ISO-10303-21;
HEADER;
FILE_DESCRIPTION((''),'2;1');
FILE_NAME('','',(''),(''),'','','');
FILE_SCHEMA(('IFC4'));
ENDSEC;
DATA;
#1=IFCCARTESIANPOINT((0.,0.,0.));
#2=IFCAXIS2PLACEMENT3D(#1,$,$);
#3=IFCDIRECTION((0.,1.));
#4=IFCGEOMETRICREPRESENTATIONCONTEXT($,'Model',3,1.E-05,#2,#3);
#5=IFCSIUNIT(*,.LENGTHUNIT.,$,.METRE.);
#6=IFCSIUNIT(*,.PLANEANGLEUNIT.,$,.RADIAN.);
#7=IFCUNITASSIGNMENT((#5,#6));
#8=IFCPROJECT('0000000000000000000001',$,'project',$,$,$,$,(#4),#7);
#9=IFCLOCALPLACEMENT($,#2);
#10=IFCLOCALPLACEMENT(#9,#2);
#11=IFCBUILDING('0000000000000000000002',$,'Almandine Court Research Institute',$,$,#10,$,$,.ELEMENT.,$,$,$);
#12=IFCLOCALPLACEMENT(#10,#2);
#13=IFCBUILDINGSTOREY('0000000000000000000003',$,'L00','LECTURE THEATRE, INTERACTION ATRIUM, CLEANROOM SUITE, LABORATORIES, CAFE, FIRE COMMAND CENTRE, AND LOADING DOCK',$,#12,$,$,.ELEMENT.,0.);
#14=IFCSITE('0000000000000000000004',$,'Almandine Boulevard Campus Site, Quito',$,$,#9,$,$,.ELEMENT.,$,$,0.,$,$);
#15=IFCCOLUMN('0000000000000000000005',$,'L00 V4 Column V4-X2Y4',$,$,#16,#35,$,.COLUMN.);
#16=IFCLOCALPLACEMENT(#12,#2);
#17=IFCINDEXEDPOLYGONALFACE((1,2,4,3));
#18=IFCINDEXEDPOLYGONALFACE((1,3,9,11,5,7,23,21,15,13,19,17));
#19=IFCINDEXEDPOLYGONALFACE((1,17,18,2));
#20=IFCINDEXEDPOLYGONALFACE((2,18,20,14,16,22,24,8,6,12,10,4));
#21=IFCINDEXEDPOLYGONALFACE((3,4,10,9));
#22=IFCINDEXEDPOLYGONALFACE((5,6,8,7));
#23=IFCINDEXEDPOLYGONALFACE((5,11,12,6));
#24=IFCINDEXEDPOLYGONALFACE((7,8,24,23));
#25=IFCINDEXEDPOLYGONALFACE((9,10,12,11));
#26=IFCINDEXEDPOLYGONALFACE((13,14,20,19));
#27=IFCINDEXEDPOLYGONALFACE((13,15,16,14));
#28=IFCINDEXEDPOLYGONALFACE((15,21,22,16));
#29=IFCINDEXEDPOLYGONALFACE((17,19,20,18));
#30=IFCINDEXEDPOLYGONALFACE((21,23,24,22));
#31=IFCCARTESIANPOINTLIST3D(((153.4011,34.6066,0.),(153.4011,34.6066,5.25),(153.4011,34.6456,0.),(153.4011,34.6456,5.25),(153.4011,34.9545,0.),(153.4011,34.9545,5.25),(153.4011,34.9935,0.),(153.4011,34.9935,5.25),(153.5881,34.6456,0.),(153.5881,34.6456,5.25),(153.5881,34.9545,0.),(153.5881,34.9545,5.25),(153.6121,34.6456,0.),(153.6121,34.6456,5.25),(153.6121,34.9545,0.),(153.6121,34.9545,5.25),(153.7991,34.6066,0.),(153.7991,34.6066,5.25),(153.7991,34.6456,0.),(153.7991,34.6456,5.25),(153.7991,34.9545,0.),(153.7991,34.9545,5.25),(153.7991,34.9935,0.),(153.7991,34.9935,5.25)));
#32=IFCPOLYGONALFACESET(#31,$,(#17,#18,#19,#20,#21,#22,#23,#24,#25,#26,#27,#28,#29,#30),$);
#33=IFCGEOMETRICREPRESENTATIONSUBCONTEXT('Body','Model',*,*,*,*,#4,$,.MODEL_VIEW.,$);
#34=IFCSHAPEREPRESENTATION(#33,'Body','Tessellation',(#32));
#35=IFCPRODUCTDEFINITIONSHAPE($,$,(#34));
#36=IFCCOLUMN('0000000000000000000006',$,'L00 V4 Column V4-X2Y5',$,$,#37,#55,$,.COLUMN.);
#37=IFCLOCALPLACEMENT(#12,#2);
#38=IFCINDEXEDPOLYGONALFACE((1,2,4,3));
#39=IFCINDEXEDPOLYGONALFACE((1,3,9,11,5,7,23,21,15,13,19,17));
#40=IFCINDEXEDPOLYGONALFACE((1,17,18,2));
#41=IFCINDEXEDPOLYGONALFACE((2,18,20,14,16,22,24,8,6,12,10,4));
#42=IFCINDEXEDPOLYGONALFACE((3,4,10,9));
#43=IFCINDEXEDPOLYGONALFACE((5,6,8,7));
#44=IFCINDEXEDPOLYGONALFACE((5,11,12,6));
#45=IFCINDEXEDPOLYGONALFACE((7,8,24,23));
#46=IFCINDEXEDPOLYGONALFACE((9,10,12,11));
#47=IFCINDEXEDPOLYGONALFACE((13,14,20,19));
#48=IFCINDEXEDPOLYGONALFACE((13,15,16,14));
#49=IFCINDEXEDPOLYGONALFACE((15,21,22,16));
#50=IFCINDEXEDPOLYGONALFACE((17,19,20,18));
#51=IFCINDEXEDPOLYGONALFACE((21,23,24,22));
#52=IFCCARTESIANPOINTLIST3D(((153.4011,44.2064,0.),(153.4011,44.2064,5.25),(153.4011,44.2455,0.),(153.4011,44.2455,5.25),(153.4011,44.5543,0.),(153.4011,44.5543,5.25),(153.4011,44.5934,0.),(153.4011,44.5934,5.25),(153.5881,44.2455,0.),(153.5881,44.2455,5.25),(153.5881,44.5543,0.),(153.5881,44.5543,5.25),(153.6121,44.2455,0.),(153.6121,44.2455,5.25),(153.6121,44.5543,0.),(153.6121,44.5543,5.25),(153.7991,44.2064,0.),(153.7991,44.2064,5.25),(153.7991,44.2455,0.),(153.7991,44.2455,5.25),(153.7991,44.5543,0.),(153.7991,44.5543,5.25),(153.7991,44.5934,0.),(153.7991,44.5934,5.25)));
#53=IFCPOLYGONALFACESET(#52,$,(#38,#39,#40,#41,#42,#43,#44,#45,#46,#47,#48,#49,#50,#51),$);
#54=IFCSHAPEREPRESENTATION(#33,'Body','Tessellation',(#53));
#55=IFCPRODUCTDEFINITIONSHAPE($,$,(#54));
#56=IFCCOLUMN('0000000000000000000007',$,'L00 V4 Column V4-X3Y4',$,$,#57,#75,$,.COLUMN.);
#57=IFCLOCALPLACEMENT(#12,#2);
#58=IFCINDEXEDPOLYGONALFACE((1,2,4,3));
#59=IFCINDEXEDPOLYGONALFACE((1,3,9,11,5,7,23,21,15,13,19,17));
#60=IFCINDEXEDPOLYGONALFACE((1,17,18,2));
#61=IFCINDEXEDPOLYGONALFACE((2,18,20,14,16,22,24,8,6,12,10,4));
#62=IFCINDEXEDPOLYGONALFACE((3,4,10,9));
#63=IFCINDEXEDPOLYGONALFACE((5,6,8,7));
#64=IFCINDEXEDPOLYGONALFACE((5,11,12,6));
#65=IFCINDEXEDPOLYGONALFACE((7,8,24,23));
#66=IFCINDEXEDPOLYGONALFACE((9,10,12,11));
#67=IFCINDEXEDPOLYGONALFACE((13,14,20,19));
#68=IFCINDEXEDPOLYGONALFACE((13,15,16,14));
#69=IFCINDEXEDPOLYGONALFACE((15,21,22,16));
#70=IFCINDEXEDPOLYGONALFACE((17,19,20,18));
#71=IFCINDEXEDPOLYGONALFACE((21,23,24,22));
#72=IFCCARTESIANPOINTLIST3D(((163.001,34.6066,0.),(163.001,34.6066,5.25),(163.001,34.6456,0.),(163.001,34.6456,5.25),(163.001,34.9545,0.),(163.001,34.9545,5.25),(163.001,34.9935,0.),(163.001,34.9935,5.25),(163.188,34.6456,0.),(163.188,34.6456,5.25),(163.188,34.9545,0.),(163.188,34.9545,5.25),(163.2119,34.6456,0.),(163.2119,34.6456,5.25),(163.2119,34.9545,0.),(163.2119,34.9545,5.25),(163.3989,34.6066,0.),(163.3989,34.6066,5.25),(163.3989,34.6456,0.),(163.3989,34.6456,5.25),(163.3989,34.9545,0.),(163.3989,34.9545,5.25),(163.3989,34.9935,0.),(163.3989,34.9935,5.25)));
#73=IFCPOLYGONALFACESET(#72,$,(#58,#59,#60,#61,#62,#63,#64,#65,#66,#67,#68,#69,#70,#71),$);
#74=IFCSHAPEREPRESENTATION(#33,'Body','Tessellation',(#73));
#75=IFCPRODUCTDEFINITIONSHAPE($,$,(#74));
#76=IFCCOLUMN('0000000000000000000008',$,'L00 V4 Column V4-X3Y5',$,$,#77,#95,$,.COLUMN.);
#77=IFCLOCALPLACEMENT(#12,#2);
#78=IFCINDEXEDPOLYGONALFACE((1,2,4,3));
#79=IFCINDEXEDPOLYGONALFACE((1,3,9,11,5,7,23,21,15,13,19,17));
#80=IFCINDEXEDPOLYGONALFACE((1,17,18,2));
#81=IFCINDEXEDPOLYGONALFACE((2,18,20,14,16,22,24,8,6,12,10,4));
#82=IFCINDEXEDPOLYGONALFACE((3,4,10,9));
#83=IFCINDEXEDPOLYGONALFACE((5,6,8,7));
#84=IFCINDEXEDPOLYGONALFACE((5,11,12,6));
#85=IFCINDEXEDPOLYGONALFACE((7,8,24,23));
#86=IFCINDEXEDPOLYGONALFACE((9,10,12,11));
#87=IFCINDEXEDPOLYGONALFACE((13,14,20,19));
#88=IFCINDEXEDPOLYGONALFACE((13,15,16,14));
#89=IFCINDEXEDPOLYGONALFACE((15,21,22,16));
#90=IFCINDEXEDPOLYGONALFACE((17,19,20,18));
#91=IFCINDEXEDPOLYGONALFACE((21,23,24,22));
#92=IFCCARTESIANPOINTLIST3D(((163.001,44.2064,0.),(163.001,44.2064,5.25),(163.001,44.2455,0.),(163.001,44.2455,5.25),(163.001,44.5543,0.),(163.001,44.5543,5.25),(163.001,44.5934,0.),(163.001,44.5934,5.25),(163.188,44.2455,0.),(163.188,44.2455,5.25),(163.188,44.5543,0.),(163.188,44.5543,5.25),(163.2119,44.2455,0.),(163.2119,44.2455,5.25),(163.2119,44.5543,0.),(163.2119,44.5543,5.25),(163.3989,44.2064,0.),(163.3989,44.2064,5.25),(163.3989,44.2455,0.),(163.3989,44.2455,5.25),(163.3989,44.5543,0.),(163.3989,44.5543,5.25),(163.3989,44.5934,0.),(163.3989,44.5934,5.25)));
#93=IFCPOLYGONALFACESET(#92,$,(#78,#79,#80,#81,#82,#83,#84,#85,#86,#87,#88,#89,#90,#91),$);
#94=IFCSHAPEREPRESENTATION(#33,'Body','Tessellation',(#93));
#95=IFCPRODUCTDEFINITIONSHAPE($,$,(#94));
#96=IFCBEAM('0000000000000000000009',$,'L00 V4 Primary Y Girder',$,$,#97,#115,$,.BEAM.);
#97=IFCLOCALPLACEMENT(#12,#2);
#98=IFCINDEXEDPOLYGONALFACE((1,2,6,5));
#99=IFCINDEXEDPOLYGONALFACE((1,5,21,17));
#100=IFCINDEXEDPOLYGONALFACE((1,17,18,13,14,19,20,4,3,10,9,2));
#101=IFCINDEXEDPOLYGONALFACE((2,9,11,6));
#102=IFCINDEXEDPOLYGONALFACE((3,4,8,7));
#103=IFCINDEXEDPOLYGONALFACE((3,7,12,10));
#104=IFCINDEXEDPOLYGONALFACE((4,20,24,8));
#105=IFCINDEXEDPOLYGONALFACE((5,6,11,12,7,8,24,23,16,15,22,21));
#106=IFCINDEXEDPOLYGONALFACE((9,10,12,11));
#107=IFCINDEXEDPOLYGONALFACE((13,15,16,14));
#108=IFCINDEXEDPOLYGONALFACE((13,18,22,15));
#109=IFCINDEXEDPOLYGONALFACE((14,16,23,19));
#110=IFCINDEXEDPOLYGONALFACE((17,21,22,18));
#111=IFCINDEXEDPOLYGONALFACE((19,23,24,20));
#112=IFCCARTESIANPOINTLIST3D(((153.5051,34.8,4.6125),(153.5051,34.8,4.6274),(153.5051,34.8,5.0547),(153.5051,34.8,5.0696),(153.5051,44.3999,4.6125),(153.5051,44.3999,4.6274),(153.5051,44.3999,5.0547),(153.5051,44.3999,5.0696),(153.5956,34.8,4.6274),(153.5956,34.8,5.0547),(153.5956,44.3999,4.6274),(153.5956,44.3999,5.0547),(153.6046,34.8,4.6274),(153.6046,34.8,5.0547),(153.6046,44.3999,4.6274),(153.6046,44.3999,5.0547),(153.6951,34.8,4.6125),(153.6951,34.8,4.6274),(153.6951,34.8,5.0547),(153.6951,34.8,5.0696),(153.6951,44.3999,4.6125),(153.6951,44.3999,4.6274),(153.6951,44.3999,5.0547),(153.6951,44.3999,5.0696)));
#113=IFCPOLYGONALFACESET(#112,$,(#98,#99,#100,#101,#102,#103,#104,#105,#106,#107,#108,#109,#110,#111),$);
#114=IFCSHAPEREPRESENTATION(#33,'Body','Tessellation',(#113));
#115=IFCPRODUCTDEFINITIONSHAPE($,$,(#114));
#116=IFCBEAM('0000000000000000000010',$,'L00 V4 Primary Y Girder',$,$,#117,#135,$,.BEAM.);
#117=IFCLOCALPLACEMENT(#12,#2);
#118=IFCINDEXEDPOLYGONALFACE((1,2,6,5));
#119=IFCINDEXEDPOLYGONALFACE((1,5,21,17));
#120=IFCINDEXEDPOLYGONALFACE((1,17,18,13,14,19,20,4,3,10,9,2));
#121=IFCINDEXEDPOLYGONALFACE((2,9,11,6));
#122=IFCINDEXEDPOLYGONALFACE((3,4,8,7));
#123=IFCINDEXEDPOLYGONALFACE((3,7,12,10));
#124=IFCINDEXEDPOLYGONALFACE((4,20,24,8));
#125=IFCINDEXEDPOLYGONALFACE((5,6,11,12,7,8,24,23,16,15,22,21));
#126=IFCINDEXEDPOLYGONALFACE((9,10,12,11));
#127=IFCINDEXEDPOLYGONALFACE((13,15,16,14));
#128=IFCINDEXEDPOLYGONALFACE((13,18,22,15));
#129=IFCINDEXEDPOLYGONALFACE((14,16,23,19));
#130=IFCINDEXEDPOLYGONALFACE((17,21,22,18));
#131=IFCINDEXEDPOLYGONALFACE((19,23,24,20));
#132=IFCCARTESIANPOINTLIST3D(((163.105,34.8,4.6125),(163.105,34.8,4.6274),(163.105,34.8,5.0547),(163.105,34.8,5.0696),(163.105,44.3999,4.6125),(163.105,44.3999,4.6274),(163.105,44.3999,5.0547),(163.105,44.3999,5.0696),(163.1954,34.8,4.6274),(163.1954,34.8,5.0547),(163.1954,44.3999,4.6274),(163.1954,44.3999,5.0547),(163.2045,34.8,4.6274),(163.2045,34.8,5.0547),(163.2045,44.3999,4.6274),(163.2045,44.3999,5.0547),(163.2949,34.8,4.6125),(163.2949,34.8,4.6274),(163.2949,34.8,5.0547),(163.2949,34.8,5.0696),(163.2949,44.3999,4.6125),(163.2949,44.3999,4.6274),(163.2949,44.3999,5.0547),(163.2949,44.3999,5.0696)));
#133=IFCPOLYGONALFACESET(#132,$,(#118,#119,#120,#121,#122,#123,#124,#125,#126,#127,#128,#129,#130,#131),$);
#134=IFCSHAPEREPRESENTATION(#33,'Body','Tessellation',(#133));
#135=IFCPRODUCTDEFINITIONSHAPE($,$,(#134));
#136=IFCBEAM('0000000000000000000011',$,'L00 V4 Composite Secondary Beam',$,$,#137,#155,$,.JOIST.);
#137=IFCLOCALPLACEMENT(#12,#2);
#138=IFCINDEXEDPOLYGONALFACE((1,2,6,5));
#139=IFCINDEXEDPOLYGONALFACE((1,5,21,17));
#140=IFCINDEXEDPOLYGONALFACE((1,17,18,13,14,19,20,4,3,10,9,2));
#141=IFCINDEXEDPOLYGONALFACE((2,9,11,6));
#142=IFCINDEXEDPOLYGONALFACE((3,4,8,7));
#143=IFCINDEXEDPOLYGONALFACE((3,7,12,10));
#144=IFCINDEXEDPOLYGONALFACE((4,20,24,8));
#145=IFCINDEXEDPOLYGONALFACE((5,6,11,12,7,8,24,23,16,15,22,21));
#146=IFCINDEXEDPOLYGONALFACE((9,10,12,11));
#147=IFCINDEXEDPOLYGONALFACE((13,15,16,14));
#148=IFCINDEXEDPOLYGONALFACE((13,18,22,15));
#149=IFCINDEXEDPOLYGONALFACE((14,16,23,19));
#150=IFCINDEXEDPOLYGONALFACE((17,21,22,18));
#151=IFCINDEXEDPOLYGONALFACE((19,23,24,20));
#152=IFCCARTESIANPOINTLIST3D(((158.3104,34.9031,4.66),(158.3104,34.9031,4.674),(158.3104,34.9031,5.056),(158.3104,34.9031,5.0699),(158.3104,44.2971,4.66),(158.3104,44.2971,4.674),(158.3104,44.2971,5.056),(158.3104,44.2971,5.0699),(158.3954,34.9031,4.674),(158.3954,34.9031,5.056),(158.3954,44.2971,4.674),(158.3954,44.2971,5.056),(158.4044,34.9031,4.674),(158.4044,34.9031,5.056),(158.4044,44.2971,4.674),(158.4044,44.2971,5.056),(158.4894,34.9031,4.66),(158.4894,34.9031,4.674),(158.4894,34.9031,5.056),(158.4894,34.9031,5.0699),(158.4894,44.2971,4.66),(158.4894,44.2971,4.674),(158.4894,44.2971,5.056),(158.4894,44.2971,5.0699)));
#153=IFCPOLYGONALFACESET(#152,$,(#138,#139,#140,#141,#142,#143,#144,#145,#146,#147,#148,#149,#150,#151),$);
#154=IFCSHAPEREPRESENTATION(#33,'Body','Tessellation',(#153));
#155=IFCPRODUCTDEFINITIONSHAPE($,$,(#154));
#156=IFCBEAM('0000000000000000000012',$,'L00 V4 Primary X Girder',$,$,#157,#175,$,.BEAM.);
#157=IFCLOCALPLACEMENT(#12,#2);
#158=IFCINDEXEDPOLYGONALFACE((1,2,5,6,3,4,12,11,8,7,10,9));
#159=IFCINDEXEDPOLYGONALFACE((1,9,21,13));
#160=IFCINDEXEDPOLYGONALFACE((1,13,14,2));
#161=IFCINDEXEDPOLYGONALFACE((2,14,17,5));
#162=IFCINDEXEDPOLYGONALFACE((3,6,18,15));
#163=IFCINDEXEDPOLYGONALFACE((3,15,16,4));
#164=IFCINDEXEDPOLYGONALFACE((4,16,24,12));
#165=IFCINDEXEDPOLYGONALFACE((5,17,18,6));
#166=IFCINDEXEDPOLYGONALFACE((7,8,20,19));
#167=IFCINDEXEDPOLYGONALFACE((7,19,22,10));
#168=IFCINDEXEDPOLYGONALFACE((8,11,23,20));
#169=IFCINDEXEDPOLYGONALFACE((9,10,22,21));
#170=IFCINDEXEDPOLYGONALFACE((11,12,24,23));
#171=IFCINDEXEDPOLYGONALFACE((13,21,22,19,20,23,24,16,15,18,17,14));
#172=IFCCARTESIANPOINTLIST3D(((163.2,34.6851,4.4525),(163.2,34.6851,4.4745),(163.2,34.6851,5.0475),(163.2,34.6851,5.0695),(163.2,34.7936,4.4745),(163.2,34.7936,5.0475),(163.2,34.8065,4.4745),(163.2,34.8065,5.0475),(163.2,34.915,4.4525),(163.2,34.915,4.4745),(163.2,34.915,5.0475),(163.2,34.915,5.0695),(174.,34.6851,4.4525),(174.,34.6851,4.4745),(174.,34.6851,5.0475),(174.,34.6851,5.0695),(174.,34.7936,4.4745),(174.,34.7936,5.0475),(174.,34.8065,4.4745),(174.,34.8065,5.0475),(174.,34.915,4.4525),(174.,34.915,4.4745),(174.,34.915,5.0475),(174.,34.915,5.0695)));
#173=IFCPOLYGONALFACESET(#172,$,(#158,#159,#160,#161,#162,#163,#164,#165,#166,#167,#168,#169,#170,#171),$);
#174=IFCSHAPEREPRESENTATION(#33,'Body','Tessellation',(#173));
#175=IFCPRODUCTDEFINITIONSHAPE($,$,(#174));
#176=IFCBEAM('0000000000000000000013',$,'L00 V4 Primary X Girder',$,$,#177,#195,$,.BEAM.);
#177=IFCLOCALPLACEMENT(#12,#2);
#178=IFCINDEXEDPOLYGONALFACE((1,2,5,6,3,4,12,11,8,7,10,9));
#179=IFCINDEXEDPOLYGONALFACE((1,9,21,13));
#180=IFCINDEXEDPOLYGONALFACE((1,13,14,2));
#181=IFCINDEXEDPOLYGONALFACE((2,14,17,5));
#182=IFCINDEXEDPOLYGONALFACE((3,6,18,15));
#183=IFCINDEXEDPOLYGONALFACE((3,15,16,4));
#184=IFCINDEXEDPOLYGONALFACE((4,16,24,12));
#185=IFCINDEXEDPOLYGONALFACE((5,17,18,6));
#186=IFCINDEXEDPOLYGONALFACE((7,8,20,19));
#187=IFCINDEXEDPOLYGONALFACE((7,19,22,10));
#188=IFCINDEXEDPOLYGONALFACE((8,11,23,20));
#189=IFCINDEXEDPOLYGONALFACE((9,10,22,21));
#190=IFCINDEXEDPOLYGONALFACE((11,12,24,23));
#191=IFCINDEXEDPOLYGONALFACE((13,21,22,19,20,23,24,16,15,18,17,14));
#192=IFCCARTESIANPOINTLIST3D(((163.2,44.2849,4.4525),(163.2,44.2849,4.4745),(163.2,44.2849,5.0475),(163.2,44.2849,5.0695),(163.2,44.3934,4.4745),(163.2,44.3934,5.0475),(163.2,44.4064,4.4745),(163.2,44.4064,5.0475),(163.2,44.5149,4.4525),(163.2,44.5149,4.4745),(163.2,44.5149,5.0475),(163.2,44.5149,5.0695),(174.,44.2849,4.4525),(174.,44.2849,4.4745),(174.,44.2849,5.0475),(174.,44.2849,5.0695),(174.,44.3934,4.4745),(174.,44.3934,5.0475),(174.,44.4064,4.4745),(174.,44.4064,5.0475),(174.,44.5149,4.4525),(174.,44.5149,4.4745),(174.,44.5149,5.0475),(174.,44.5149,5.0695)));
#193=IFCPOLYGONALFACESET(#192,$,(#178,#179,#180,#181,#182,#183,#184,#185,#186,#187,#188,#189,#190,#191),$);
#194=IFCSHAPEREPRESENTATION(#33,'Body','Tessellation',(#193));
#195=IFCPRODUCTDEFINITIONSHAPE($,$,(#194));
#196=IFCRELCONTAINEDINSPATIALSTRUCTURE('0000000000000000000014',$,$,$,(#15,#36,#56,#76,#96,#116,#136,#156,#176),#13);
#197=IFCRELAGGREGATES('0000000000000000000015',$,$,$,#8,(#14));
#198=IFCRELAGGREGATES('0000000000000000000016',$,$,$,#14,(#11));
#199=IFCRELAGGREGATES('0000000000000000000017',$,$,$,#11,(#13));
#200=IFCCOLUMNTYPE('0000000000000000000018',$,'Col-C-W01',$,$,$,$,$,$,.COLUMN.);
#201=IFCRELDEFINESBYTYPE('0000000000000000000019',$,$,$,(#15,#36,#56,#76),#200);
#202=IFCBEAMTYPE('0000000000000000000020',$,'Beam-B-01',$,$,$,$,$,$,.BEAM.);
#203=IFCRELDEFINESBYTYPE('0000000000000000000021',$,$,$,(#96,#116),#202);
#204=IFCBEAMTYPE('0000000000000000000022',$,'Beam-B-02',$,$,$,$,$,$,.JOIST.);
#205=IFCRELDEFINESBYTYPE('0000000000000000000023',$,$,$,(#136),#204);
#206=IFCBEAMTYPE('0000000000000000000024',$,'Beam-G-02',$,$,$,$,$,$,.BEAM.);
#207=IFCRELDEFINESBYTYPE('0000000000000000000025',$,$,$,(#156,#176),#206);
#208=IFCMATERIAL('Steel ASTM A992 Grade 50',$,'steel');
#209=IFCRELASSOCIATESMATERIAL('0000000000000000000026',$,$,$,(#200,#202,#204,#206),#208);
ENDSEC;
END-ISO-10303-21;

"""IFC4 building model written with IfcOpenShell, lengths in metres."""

from ifc_helpers import new_model, si_unit, direction, frame, origin, origin_2d, place, context, subcontext, project, spatial, i_section, extrude, material, material_profile, profile_set, type_object, element, save


model = new_model("IFC4")

# Units and contexts
model_context = context("Model", 3, precision=1e-05, world=origin(), true_north=direction((0.0, 1.0)))
body_context = subcontext(model_context, "Body", "Model", "MODEL_VIEW")
ifc_project = project(units=[si_unit("LENGTHUNIT", "METRE"), si_unit("PLANEANGLEUNIT", "RADIAN")], contexts=[model_context])

# Site, building, storey
site_placement = place(None, origin())
site = spatial("IfcSite", under=ifc_project, at=site_placement, Name="Almandine Boulevard Campus Site, Quito", CompositionType="ELEMENT", RefElevation=0.0)
building_placement = place(site_placement, origin())
building = spatial("IfcBuilding", under=site, at=building_placement, Name="Almandine Court Research Institute", CompositionType="ELEMENT")
storey_placement = place(building_placement, origin())
storey = spatial("IfcBuildingStorey", under=building, at=storey_placement, Name="L00", Description="LECTURE THEATRE, INTERACTION ATRIUM, CLEANROOM SUITE, LABORATORIES, CAFE, FIRE COMMAND CENTRE, AND LOADING DOCK", CompositionType="ELEMENT", Elevation=0.0)

# Columns
ifc_material_1 = material(Name="Steel ASTM A992 Grade 50", Category="steel")
ifc_material_profile_1 = material_profile(ifc_material_1, i_section(OverallWidth=0.3979, OverallDepth=0.387, WebThickness=0.0239, FlangeThickness=0.0391, at=origin_2d()), Name="W360x262")
ifc_profile_set_1 = profile_set([ifc_material_profile_1], Name="Steel ASTM A992 Grade 50")
column_type = type_object("IfcColumnType", Name="Col-C-W01", PredefinedType="COLUMN", material=ifc_profile_set_1)
for number, where, z_axis, x_axis, name in (
    (1, (153.6001, 34.8, 0.0), (0.0, 0.0, 1.0), (1.0, 0.0, 0.0), "L00 V4 Column V4-X2Y4"),
    (2, (153.6001, 44.3999, 0.0), (0.0, 0.0, 1.0), (1.0, 0.0, 0.0), "L00 V4 Column V4-X2Y5"),
    (3, (163.2, 34.8, 0.0), (0.0, 0.0, 1.0), (1.0, 0.0, 0.0), "L00 V4 Column V4-X3Y4"),
    (4, (163.2, 44.3999, 0.0), (0.0, 0.0, 1.0), (1.0, 0.0, 0.0), "L00 V4 Column V4-X3Y5"),
):
    element("IfcColumn", number, at=place(storey_placement, frame(where, z_axis=z_axis, x_axis=x_axis)), inside=storey, type_object=column_type, Name=name, PredefinedType="COLUMN", context=body_context, shape_type="SweptSolid", body=[
        extrude(i_section(OverallWidth=0.3979, OverallDepth=0.387, WebThickness=0.0239, FlangeThickness=0.0391, at=origin_2d()), origin(), (0.0, 0.0, 1.0), 5.25),
    ])

# Beams
ifc_material_profile_2 = material_profile(ifc_material_1, i_section(OverallWidth=0.1899, OverallDepth=0.457, WebThickness=0.009, FlangeThickness=0.0149, at=origin_2d()), Name="W460x74")
ifc_profile_set_2 = profile_set([ifc_material_profile_2], Name="Steel ASTM A992 Grade 50")
beam_type_1 = type_object("IfcBeamType", Name="Beam-B-01", PredefinedType="BEAM", material=ifc_profile_set_2)
for number, where, z_axis, x_axis, name in (
    (5, (153.6001, 34.8, 4.8411), (0.0, 1.0, 0.0), (-1.0, 0.0, 0.0), "L00 V4 Primary Y Girder"),
    (6, (163.2, 34.8, 4.8411), (0.0, 1.0, 0.0), (-1.0, 0.0, 0.0), "L00 V4 Primary Y Girder"),
):
    element("IfcBeam", number, at=place(storey_placement, frame(where, z_axis=z_axis, x_axis=x_axis)), inside=storey, type_object=beam_type_1, Name=name, PredefinedType="BEAM", context=body_context, shape_type="SweptSolid", body=[
        extrude(i_section(OverallWidth=0.1899, OverallDepth=0.457, WebThickness=0.009, FlangeThickness=0.0149, at=origin_2d()), origin(), (0.0, 0.0, 1.0), 9.5999),
    ])
ifc_material_profile_3 = material_profile(ifc_material_1, i_section(OverallWidth=0.179, OverallDepth=0.4099, WebThickness=0.009, FlangeThickness=0.0139, at=origin_2d()), Name="W410x67")
ifc_profile_set_3 = profile_set([ifc_material_profile_3], Name="Steel ASTM A992 Grade 50")
beam_type_2 = type_object("IfcBeamType", Name="Beam-B-02", PredefinedType="JOIST", material=ifc_profile_set_3)
beam_placement = place(storey_placement, frame((158.3999, 34.9031, 4.865), z_axis=(0.0, 1.0, 0.0), x_axis=(-1.0, 0.0, 0.0)))
element("IfcBeam", 7, at=beam_placement, inside=storey, type_object=beam_type_2, Name="L00 V4 Composite Secondary Beam", PredefinedType="JOIST", context=body_context, shape_type="SweptSolid", body=[
    extrude(i_section(OverallWidth=0.179, OverallDepth=0.4099, WebThickness=0.009, FlangeThickness=0.0139, at=origin_2d()), origin(), (0.0, 0.0, 1.0), 9.394),
])
ifc_material_profile_4 = material_profile(ifc_material_1, i_section(OverallWidth=0.23, OverallDepth=0.6169, WebThickness=0.0129, FlangeThickness=0.022, at=origin_2d()), Name="W610x140")
ifc_profile_set_4 = profile_set([ifc_material_profile_4], Name="Steel ASTM A992 Grade 50")
beam_type_3 = type_object("IfcBeamType", Name="Beam-G-02", PredefinedType="BEAM", material=ifc_profile_set_4)
for number, where, z_axis, x_axis, name in (
    (8, (163.2, 34.8, 4.761), (1.0, 0.0, 0.0), (0.0, 1.0, 0.0), "L00 V4 Primary X Girder"),
    (9, (163.2, 44.3999, 4.761), (1.0, 0.0, 0.0), (0.0, 1.0, 0.0), "L00 V4 Primary X Girder"),
):
    element("IfcBeam", number, at=place(storey_placement, frame(where, z_axis=z_axis, x_axis=x_axis)), inside=storey, type_object=beam_type_3, Name=name, PredefinedType="BEAM", context=body_context, shape_type="SweptSolid", body=[
        extrude(i_section(OverallWidth=0.23, OverallDepth=0.6169, WebThickness=0.0129, FlangeThickness=0.022, at=origin_2d()), origin(), (0.0, 0.0, 1.0), 10.8),
    ])

save(model, "model.ifc")
